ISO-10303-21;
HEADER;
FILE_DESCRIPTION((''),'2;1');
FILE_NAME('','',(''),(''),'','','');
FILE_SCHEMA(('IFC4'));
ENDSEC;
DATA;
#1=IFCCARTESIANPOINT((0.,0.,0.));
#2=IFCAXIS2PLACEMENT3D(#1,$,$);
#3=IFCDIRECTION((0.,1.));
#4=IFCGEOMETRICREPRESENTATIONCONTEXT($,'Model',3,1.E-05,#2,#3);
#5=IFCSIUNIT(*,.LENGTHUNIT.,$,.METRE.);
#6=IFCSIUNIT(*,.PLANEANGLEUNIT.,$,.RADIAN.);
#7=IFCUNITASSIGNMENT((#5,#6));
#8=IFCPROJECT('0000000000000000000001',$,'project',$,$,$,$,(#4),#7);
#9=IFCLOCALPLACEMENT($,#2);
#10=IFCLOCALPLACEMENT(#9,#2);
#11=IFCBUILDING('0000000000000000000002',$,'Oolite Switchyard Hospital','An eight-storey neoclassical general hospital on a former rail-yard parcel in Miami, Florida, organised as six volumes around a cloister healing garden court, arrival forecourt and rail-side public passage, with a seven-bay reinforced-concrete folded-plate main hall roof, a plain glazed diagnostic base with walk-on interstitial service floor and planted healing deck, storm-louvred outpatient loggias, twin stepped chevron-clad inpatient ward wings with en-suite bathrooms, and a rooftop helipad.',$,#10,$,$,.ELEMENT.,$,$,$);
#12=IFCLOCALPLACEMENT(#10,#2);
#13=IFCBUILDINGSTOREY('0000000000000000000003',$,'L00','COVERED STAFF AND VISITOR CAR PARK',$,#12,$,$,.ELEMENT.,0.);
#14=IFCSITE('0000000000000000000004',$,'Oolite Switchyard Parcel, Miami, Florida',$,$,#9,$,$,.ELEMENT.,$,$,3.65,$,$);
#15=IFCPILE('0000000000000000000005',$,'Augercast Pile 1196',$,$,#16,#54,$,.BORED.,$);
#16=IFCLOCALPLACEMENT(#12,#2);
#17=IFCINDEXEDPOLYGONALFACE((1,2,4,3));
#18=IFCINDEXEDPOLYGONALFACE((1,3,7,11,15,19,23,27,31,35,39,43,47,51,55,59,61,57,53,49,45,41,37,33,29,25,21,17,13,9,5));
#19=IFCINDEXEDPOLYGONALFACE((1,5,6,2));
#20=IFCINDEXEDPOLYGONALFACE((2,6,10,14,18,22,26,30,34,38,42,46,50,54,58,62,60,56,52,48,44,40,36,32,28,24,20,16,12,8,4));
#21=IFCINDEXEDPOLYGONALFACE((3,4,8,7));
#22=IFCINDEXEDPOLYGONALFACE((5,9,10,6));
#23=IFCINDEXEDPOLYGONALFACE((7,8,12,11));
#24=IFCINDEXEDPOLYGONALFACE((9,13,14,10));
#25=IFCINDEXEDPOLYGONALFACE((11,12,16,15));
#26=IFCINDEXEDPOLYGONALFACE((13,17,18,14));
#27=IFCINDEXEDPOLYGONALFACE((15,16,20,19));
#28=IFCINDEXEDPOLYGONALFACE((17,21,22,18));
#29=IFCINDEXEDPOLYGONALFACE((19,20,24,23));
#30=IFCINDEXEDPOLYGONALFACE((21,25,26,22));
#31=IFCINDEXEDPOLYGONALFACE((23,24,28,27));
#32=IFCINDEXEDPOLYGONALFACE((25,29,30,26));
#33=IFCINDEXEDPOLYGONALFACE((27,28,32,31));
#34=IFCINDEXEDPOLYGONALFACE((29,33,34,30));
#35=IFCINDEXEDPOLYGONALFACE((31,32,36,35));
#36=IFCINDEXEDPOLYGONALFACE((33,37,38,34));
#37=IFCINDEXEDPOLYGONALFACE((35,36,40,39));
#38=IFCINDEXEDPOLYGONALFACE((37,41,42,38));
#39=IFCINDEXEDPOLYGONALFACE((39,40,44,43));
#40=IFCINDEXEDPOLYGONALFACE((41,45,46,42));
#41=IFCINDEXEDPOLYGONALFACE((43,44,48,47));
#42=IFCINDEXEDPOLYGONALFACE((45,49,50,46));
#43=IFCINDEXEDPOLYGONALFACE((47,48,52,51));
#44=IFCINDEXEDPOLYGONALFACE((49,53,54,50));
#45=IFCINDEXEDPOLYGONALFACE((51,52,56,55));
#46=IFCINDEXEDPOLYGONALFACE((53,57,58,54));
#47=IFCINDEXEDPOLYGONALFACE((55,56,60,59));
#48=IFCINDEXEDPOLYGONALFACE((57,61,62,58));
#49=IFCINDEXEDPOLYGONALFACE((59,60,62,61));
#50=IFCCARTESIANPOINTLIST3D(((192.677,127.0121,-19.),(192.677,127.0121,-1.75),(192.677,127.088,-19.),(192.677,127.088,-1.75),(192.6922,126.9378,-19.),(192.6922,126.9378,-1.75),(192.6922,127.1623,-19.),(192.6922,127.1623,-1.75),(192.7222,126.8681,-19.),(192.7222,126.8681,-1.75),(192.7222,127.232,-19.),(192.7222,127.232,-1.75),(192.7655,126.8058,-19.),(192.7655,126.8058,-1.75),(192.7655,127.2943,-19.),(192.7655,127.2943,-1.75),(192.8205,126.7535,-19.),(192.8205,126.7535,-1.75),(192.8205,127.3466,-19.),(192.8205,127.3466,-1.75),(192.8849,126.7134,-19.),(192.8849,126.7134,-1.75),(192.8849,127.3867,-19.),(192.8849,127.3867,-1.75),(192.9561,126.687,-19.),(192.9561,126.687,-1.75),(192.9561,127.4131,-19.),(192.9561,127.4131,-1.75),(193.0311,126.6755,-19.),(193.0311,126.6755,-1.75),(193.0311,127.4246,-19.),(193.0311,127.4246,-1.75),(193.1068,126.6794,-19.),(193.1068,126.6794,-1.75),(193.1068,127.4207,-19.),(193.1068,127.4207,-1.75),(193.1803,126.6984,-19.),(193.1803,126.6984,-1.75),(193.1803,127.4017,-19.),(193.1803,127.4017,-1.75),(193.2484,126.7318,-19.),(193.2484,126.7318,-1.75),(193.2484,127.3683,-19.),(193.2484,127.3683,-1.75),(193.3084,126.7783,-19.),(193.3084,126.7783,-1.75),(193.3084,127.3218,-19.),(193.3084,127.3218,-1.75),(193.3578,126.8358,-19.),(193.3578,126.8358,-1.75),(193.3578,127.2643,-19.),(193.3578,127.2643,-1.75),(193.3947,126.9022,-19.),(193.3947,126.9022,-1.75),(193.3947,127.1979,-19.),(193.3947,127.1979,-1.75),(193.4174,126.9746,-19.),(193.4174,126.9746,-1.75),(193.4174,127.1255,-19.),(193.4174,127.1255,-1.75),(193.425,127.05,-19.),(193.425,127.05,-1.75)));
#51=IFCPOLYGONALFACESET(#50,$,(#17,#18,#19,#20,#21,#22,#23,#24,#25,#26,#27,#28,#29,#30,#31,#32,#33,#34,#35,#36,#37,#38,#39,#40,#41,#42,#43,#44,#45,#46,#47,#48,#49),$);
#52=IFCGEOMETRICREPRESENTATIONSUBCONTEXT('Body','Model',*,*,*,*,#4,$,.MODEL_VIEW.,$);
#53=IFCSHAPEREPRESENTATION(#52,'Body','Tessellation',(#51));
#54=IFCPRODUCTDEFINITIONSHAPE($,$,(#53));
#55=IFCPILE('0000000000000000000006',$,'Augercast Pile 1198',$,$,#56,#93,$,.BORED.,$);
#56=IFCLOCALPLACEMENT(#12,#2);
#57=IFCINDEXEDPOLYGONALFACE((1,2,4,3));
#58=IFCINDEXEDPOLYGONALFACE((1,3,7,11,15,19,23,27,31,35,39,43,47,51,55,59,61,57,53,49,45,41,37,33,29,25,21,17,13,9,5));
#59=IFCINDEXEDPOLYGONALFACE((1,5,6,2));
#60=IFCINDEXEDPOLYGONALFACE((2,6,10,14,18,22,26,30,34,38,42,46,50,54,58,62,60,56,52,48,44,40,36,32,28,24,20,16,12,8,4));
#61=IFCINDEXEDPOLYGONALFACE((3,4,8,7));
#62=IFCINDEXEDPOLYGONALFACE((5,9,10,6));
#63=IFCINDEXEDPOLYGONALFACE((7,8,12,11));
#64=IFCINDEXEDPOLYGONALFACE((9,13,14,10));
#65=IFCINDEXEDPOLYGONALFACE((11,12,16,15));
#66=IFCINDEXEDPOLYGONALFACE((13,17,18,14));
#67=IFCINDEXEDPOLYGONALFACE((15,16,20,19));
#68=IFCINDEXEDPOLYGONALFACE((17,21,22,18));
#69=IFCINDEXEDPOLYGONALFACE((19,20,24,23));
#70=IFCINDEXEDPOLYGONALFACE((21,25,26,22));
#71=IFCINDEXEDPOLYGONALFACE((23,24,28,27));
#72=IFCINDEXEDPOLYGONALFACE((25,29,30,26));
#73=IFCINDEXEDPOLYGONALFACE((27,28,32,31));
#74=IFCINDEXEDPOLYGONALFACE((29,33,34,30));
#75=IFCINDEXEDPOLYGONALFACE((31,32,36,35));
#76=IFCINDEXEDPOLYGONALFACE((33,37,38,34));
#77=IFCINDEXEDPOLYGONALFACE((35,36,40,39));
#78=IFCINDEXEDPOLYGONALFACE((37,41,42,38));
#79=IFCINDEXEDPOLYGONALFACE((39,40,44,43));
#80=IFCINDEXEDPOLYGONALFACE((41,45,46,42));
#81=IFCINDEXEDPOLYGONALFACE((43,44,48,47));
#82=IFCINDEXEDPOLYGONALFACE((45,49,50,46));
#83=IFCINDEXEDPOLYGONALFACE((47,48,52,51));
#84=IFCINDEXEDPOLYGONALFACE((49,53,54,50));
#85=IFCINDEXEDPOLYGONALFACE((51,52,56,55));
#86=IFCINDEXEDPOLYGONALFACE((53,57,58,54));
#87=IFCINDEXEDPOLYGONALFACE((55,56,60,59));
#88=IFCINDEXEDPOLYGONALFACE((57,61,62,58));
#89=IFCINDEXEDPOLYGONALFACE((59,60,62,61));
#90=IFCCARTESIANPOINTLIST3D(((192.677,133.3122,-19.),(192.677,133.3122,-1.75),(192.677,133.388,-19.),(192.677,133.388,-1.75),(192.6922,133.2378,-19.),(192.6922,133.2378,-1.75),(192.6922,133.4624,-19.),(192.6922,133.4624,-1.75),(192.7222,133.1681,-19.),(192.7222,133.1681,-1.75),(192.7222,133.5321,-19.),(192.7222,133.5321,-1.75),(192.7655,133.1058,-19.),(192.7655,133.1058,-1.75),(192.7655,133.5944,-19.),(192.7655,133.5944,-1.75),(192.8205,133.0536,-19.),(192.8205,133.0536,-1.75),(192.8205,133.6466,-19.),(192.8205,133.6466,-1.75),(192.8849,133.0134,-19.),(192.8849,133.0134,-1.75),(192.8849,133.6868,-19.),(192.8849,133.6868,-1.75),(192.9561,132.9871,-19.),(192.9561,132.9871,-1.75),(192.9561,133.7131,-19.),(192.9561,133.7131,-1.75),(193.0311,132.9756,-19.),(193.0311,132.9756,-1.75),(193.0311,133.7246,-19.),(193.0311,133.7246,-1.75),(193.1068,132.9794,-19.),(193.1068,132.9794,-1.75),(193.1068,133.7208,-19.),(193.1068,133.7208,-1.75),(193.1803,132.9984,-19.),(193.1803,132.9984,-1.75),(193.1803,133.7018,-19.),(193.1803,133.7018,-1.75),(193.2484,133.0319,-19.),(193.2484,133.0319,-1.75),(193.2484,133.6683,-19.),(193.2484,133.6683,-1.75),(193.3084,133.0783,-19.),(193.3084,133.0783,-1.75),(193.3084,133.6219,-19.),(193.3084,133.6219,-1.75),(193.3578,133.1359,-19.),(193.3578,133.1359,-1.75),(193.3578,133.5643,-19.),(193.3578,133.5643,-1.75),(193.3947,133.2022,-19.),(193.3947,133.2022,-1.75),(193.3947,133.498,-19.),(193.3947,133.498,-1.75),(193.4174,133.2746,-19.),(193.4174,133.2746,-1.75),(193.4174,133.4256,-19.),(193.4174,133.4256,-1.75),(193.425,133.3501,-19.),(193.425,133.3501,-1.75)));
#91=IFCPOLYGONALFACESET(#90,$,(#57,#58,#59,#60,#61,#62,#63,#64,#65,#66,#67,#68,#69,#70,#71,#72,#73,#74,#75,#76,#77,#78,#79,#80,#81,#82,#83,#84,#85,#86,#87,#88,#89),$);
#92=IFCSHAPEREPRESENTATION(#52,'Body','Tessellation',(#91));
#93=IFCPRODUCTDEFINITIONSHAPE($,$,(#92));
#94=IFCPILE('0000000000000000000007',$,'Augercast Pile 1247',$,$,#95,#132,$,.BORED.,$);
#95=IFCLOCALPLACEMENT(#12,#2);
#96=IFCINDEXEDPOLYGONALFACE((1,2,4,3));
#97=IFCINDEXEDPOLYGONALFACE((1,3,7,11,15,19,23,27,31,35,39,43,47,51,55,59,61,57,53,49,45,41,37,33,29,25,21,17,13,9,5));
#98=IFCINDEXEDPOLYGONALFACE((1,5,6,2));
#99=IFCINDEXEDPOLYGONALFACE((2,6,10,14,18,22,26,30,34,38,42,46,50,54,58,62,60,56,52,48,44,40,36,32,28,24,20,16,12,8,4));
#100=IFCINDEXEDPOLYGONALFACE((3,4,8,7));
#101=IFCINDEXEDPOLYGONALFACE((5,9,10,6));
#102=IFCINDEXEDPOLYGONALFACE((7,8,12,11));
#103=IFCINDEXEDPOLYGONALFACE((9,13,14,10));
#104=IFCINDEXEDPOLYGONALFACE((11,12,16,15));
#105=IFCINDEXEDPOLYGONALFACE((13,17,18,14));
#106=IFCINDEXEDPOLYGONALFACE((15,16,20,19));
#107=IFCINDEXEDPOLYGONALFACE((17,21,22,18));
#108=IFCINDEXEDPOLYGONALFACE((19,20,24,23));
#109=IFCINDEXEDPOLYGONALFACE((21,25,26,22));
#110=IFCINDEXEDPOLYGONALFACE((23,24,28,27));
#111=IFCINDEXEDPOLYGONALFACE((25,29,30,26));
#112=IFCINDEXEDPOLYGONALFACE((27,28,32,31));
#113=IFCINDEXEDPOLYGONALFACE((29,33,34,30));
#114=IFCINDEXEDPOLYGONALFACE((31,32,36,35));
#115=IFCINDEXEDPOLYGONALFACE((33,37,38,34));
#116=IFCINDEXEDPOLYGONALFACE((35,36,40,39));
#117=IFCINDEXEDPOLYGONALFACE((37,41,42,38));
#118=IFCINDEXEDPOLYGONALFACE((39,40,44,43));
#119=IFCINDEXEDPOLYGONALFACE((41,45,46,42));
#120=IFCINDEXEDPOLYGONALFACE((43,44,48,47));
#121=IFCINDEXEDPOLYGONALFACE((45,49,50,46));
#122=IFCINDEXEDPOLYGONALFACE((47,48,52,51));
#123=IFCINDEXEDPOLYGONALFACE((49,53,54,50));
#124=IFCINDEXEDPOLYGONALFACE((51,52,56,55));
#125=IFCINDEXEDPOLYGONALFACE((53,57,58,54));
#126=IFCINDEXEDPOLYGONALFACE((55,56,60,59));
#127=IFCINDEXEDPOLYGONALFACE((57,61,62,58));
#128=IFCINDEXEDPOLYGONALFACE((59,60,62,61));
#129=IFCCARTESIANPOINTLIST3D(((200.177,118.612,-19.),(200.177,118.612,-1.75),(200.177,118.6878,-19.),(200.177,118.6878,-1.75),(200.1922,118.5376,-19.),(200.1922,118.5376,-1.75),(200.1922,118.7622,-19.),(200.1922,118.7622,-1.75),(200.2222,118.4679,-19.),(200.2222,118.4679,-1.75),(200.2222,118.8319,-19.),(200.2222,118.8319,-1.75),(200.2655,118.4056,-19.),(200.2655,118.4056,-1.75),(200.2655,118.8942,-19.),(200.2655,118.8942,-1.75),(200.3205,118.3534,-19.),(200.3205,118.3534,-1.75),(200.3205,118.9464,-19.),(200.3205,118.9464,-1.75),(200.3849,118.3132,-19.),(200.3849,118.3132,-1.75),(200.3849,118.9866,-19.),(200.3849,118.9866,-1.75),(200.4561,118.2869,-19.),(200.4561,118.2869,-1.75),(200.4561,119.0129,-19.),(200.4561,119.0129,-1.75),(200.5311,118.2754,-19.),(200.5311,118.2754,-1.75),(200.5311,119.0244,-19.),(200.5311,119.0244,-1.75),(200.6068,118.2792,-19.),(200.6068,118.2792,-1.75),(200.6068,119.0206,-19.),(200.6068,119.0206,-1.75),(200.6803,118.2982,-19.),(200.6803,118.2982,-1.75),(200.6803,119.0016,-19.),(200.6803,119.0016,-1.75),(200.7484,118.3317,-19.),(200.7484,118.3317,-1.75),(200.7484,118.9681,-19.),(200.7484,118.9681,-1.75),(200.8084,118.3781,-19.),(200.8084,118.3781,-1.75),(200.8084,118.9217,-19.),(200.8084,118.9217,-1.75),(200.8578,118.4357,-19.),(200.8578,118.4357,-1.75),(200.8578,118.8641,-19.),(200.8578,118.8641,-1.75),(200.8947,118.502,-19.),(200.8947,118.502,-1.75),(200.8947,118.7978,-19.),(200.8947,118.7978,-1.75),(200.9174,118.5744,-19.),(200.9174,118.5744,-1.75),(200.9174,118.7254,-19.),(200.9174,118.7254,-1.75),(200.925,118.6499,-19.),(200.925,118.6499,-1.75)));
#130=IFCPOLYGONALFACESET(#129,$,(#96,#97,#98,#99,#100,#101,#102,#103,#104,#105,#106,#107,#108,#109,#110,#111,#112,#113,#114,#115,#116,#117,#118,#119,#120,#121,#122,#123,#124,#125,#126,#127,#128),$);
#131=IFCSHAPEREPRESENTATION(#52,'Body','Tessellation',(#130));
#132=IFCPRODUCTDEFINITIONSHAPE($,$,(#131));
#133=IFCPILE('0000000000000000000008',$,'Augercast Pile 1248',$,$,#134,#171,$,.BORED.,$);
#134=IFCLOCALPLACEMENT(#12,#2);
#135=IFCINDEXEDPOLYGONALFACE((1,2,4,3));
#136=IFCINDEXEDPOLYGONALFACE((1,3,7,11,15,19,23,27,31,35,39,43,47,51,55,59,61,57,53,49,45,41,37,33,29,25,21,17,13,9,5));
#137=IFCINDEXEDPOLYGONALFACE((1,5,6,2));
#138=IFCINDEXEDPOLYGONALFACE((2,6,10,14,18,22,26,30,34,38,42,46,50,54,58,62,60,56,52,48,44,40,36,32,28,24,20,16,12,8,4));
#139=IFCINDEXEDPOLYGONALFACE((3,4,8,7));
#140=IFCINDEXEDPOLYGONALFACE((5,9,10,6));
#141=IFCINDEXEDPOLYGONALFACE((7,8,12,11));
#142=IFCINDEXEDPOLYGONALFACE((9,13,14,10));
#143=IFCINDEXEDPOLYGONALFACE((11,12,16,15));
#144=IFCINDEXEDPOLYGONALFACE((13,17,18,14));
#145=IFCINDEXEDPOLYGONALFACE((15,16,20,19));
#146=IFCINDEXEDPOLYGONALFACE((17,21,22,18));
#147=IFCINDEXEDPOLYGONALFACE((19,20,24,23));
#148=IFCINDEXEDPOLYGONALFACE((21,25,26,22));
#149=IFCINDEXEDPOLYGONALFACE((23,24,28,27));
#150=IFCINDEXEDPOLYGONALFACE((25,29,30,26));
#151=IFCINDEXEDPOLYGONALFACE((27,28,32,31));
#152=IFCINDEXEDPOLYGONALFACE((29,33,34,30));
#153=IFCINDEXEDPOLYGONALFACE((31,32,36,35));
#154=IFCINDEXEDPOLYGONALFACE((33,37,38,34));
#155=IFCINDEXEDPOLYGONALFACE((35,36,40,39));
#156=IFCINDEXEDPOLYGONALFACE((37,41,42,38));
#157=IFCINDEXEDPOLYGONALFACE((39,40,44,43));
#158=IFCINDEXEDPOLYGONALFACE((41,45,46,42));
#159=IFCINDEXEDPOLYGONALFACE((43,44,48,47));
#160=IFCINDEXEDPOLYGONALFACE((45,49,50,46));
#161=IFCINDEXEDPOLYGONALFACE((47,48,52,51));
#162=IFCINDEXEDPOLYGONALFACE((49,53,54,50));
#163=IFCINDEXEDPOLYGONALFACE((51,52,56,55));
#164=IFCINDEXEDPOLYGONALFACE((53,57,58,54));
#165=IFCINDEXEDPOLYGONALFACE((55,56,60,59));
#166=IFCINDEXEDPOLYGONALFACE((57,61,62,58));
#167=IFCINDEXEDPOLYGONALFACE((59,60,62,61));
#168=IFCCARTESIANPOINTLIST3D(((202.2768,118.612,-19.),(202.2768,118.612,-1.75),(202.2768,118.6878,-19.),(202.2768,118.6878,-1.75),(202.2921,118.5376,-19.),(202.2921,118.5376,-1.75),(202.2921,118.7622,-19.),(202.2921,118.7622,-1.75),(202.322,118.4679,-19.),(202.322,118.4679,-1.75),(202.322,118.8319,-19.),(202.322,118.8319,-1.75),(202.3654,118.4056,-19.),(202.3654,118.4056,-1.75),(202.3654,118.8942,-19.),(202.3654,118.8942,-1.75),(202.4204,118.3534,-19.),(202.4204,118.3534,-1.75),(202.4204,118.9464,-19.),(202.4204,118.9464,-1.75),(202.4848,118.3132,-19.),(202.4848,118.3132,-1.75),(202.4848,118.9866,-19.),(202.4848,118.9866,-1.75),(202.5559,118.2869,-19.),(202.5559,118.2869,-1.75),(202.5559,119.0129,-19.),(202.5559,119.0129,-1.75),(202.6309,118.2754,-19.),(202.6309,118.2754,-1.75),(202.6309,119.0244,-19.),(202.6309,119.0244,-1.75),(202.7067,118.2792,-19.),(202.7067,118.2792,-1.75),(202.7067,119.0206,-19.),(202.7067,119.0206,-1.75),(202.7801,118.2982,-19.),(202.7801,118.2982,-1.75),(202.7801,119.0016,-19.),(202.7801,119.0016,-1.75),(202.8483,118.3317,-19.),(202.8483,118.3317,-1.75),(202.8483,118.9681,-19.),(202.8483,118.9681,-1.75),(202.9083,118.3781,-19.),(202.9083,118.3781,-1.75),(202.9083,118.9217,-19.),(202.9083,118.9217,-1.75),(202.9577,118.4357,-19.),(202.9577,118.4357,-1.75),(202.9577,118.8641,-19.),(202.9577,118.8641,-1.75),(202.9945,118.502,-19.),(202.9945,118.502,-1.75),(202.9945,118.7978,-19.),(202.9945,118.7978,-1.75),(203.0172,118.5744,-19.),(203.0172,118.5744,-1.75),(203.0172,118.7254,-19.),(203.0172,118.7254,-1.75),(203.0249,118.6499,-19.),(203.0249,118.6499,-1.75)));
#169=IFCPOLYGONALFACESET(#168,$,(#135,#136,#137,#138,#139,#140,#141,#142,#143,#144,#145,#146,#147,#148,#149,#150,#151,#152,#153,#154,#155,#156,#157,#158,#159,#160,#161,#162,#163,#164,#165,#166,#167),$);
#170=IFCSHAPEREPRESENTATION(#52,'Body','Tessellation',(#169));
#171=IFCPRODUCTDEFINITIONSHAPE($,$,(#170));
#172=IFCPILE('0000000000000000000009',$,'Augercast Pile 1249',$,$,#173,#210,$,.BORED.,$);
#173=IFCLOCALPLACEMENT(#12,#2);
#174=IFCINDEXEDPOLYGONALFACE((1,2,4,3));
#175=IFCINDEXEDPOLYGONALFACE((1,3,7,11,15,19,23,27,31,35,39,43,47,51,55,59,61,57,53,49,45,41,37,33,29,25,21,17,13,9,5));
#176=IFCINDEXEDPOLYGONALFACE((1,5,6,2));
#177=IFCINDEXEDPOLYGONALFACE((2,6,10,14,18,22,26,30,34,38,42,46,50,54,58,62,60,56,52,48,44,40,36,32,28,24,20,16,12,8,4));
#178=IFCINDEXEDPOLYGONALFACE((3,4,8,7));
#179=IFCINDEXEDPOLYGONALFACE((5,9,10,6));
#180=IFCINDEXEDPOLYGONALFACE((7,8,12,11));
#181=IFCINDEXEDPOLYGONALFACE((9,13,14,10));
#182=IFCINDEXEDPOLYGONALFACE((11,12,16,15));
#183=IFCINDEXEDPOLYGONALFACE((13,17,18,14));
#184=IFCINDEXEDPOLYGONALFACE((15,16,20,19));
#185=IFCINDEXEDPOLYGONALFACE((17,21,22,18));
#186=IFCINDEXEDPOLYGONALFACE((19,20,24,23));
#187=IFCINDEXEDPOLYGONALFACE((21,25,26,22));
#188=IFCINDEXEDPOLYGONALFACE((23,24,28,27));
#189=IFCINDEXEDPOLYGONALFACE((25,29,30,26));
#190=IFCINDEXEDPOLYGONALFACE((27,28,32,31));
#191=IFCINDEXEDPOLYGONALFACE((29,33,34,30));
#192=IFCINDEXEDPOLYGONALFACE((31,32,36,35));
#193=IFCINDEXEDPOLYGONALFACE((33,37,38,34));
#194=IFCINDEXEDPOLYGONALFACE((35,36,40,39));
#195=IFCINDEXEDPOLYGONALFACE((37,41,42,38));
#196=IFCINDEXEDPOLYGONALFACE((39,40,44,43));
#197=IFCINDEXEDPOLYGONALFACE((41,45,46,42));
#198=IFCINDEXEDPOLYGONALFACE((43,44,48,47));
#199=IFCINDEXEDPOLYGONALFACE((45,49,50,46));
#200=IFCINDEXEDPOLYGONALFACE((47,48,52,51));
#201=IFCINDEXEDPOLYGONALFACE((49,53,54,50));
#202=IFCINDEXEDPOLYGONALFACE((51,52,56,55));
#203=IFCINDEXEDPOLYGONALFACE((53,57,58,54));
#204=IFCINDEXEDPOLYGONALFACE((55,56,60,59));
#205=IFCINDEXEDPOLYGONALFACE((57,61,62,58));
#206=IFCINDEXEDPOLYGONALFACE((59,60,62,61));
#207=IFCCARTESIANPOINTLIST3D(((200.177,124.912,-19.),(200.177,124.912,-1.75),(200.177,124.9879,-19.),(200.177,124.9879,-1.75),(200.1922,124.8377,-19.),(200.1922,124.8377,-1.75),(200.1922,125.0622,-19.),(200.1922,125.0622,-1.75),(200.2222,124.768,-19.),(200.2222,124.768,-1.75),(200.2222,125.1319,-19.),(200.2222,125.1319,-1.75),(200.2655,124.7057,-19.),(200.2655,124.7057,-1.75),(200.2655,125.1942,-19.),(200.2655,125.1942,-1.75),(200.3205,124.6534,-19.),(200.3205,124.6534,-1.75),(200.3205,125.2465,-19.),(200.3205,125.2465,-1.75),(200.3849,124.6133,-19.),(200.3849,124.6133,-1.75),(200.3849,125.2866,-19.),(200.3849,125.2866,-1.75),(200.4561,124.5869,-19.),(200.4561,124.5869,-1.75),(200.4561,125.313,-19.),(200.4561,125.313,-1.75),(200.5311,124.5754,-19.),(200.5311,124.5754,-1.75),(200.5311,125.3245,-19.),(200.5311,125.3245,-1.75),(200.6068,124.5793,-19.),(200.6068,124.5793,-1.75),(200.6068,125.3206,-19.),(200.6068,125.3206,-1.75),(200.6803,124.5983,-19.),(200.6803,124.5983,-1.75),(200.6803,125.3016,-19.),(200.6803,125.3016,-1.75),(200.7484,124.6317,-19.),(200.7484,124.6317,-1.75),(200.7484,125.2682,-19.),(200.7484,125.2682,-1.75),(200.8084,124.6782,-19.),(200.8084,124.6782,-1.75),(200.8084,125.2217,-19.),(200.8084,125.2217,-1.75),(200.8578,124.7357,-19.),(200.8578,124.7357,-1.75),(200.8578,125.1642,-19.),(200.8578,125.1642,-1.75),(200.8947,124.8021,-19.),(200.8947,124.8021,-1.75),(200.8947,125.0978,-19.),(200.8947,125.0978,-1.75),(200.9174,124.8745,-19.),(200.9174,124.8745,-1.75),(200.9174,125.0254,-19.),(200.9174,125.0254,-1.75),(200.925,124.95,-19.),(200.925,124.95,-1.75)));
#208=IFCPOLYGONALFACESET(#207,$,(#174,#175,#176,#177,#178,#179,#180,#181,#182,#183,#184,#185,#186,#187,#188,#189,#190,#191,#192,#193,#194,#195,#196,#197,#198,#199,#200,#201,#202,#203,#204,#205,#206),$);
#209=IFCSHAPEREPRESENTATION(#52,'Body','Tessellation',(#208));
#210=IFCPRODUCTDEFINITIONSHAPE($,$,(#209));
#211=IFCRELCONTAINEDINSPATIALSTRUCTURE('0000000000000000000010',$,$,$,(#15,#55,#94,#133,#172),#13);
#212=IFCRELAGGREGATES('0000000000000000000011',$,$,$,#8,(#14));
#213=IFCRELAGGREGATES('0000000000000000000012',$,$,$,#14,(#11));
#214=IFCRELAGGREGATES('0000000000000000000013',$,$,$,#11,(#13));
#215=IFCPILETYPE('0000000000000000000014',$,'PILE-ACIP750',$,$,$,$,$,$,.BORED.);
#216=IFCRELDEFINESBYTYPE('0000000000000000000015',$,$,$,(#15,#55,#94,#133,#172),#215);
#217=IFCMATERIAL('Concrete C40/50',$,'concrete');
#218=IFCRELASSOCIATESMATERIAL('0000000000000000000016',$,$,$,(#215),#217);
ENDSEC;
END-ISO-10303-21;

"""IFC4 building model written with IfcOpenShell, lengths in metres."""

from ifc_helpers import new_model, si_unit, direction, frame, origin, origin_2d, place, context, subcontext, project, spatial, circle, extrude, material, material_profile, profile_set, type_object, element, save


model = new_model("IFC4")

# Units and contexts
model_context = context("Model", 3, precision=1e-05, world=origin(), true_north=direction((0.0, 1.0)))
body_context = subcontext(model_context, "Body", "Model", "MODEL_VIEW")
ifc_project = project(units=[si_unit("LENGTHUNIT", "METRE"), si_unit("PLANEANGLEUNIT", "RADIAN")], contexts=[model_context])

# Site, building, storey
site_placement = place(None, origin())
site = spatial("IfcSite", under=ifc_project, at=site_placement, Name="Oolite Switchyard Parcel, Miami, Florida", CompositionType="ELEMENT", RefElevation=3.65)
building_placement = place(site_placement, origin())
building = spatial("IfcBuilding", under=site, at=building_placement, Name="Oolite Switchyard Hospital", Description="An eight-storey neoclassical general hospital on a former rail-yard parcel in Miami, Florida, organised as six volumes around a cloister healing garden court, arrival forecourt and rail-side public passage, with a seven-bay reinforced-concrete folded-plate main hall roof, a plain glazed diagnostic base with walk-on interstitial service floor and planted healing deck, storm-louvred outpatient loggias, twin stepped chevron-clad inpatient ward wings with en-suite bathrooms, and a rooftop helipad.", CompositionType="ELEMENT")
storey_placement = place(building_placement, origin())
storey = spatial("IfcBuildingStorey", under=building, at=storey_placement, Name="L00", Description="COVERED STAFF AND VISITOR CAR PARK", CompositionType="ELEMENT", Elevation=0.0)

# Shared definitions
ifc_material_1 = material(Name="Concrete C40/50", Category="concrete")

# Piles
ifc_material_profile_1 = material_profile(ifc_material_1, circle(Radius=0.375, at=origin_2d()), Name="PILE750")
ifc_profile_set_1 = profile_set([ifc_material_profile_1], Name="Concrete C40/50")
pile_type = type_object("IfcPileType", Name="PILE-ACIP750", PredefinedType="BORED", material=ifc_profile_set_1)
for number, where, z_axis, x_axis, name in (
    (1, (193.05, 127.05, -1.75), (0.0, 0.0, -1.0), (1.0, 0.0, 0.0), "Augercast Pile 1196"),
    (2, (193.05, 133.3501, -1.75), (0.0, 0.0, -1.0), (1.0, 0.0, 0.0), "Augercast Pile 1198"),
    (3, (200.55, 118.6499, -1.75), (0.0, 0.0, -1.0), (1.0, 0.0, 0.0), "Augercast Pile 1247"),
    (4, (202.6499, 118.6499, -1.75), (0.0, 0.0, -1.0), (1.0, 0.0, 0.0), "Augercast Pile 1248"),
    (5, (200.55, 124.95, -1.75), (0.0, 0.0, -1.0), (1.0, 0.0, 0.0), "Augercast Pile 1249"),
):
    element("IfcPile", number, at=place(storey_placement, frame(where, z_axis=z_axis, x_axis=x_axis)), inside=storey, type_object=pile_type, Name=name, PredefinedType="BORED", context=body_context, shape_type="SweptSolid", body=[
        extrude(circle(Radius=0.375, at=origin_2d()), origin(), (0.0, 0.0, 1.0), 17.25),
    ])

save(model, "model.ifc")
